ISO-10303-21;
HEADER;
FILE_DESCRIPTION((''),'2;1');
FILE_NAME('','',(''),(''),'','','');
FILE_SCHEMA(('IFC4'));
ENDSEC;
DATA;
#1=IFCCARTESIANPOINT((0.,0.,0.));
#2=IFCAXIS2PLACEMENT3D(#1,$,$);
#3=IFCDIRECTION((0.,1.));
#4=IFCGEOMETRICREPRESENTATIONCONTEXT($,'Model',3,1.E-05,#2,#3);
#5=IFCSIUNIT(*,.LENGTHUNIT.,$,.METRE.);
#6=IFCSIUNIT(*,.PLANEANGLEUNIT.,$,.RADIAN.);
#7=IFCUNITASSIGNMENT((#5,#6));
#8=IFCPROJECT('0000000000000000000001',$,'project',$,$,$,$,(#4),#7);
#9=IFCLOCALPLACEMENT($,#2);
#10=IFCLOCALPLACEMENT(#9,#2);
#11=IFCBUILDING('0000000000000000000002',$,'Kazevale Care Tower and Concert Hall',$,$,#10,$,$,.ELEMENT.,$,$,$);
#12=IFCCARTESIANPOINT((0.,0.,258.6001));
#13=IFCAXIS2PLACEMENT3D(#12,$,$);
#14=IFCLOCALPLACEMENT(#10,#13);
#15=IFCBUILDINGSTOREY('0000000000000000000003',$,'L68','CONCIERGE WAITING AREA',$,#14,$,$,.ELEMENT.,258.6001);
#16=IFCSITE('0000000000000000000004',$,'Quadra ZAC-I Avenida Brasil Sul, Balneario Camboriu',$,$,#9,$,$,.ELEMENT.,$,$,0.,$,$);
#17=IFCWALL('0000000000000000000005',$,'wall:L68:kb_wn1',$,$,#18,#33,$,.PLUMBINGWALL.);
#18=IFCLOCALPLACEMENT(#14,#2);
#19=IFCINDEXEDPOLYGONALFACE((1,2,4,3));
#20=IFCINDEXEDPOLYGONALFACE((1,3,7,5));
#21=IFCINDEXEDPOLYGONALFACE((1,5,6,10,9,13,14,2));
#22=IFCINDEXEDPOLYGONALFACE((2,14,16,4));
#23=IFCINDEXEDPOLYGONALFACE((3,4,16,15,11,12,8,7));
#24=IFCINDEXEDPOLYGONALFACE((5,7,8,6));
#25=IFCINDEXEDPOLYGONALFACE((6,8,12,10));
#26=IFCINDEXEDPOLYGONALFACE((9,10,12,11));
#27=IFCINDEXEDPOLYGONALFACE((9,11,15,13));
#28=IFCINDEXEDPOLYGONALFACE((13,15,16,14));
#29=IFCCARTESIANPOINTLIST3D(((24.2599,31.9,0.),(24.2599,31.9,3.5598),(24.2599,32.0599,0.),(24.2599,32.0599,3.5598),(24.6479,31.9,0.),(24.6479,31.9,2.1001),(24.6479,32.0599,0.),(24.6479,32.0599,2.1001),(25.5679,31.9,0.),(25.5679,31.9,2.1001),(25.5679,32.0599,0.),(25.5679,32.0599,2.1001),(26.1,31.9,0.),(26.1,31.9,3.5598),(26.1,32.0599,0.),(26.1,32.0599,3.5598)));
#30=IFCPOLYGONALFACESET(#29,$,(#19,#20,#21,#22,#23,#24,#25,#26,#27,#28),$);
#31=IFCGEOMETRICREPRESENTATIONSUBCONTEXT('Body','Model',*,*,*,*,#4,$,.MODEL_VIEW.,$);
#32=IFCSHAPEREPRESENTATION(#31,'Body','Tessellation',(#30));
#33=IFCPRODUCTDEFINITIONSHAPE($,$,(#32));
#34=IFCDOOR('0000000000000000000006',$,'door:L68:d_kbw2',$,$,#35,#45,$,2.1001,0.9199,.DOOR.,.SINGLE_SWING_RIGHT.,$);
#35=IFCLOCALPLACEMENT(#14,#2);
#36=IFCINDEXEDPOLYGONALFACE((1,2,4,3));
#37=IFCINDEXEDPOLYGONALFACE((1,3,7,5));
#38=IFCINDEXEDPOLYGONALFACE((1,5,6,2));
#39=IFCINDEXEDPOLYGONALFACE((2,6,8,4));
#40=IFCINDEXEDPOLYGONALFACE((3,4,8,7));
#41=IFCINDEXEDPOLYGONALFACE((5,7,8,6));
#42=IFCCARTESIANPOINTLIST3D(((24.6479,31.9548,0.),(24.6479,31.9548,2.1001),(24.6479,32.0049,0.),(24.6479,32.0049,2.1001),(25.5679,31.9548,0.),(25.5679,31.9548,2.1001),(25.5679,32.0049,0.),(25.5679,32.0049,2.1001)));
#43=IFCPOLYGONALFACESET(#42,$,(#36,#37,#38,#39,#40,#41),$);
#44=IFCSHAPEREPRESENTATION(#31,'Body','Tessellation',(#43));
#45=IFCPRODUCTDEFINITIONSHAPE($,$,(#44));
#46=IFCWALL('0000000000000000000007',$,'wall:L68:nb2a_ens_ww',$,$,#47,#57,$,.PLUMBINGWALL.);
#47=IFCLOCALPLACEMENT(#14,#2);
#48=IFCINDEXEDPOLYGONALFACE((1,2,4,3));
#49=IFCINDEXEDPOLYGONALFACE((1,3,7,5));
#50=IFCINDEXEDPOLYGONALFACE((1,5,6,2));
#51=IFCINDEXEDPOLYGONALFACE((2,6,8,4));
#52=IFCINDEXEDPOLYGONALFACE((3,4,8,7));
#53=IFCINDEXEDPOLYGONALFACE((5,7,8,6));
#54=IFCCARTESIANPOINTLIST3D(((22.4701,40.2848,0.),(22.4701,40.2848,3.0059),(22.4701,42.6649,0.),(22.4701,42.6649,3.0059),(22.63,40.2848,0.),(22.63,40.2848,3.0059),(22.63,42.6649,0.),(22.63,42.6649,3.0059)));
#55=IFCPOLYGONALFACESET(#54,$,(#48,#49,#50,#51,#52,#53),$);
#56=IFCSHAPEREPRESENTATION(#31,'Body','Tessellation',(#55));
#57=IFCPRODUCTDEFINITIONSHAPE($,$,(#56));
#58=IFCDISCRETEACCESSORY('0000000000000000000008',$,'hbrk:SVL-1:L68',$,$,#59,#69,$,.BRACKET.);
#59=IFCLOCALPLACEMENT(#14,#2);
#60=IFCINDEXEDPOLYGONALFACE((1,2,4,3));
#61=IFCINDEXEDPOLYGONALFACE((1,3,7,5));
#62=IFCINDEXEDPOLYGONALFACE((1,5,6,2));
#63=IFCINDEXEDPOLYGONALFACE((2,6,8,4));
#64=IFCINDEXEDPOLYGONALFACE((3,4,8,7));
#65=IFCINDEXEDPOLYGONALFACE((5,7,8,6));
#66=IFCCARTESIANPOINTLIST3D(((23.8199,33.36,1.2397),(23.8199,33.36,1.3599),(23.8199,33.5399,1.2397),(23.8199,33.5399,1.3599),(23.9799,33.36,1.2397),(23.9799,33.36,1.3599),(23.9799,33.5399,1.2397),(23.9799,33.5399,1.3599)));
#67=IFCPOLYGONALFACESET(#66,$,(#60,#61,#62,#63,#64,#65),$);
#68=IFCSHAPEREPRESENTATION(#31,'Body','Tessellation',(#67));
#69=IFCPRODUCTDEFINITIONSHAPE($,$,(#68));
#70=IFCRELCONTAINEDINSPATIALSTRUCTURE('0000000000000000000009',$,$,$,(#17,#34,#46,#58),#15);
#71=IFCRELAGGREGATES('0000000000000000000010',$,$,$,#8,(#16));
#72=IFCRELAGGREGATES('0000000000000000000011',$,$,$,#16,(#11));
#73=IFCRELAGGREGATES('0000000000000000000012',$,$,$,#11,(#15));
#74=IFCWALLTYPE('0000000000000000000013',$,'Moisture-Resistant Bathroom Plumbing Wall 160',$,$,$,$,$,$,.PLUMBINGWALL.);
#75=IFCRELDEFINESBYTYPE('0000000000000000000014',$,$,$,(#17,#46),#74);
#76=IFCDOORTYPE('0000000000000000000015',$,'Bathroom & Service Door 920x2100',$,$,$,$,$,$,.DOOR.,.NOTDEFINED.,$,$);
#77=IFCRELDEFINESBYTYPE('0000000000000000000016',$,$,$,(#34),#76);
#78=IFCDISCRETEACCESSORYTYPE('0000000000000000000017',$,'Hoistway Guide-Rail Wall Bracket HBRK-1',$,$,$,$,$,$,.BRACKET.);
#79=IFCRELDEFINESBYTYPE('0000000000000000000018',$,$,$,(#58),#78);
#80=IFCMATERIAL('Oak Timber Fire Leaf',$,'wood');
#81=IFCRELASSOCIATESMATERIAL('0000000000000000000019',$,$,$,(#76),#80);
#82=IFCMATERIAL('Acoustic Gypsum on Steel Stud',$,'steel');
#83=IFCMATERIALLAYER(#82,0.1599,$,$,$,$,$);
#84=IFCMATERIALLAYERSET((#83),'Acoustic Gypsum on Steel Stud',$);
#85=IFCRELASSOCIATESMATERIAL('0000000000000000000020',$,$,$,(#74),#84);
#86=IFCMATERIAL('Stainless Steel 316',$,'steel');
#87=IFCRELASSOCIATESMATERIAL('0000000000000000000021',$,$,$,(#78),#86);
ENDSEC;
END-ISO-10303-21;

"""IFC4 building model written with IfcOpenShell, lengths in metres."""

from ifc_helpers import new_model, si_unit, direction, frame, frame_2d, origin, origin_2d, place, context, subcontext, project, spatial, rectangle, extrude, material, layer, layer_set, type_object, element, fill, save


model = new_model("IFC4")

# Units and contexts
model_context = context("Model", 3, precision=1e-05, world=origin(), true_north=direction((0.0, 1.0)))
body_context = subcontext(model_context, "Body", "Model", "MODEL_VIEW")
ifc_project = project(units=[si_unit("LENGTHUNIT", "METRE"), si_unit("PLANEANGLEUNIT", "RADIAN")], contexts=[model_context])

# Site, building, storey
site_placement = place(None, origin())
site = spatial("IfcSite", under=ifc_project, at=site_placement, Name="Quadra ZAC-I Avenida Brasil Sul, Balneario Camboriu", CompositionType="ELEMENT", RefElevation=0.0)
building_placement = place(site_placement, origin())
building = spatial("IfcBuilding", under=site, at=building_placement, Name="Kazevale Care Tower and Concert Hall", CompositionType="ELEMENT")
storey_placement = place(building_placement, frame((0.0, 0.0, 258.6001)))
storey = spatial("IfcBuildingStorey", under=building, at=storey_placement, Name="L68", Description="CONCIERGE WAITING AREA", CompositionType="ELEMENT", Elevation=258.6001)

# Shared definitions
ifc_material_1 = material(Name="Acoustic Gypsum on Steel Stud", Category="steel")
ifc_material_2 = material(Name="Oak Timber Fire Leaf", Category="wood")
door_type_1 = type_object("IfcDoorType", Name="Bathroom & Service Door 920x2100", OperationType="NOTDEFINED", PredefinedType="DOOR", material=ifc_material_2)

# Shared definitions
ifc_material_3 = material(Name="Stainless Steel 316", Category="steel")

# Wall, opening, door
ifc_layer_1 = layer(ifc_material_1, 0.1599)
ifc_layer_set_1 = layer_set([ifc_layer_1], Name="Acoustic Gypsum on Steel Stud")
wall_type_1 = type_object("IfcWallType", Name="Moisture-Resistant Bathroom Plumbing Wall 160", PredefinedType="PLUMBINGWALL", material=ifc_layer_set_1)
wall_1_placement = place(storey_placement, frame((24.26, 31.98, 0.0), z_axis=(0.0, 0.0, 1.0), x_axis=(1.0, 0.0, 0.0)))
wall_1 = element("IfcWall", 1, at=wall_1_placement, inside=storey, type_object=wall_type_1, Name="wall:L68:kb_wn1", PredefinedType="PLUMBINGWALL", context=body_context, shape_type="SweptSolid", body=[
    extrude(rectangle(XDim=1.8401, YDim=0.1599, at=frame_2d((0.9199, 0.0))), origin(), (0.0, 0.0, 1.0), 3.5598),
])
opening_1_placement = place(wall_1_placement, frame((0.3879, 0.0, 0.0)))
opening_1 = element("IfcOpeningElement", 2, at=opening_1_placement, cuts=wall_1, PredefinedType="OPENING", context=body_context, shape_type="SweptSolid", body=[
    extrude(rectangle(XDim=0.9199, YDim=2.1001, at=frame_2d((0.46, 1.05))), frame((0.0, 0.0898, 0.0), z_axis=(0.0, -1.0, 0.0), x_axis=(1.0, 0.0, 0.0)), (0.0, 0.0, 1.0), 0.1799),
])
door_1_placement = place(opening_1_placement, origin())
door_1 = element("IfcDoor", 3, at=door_1_placement, inside=storey, type_object=door_type_1, Name="door:L68:d_kbw2", OperationType="SINGLE_SWING_RIGHT", OverallHeight=2.1001, OverallWidth=0.9199, PredefinedType="DOOR", context=body_context, shape_type="SweptSolid", body=[
    extrude(rectangle(XDim=0.9199, YDim=2.1001, at=frame_2d((0.46, 1.05))), frame((0.0, 0.0249, 0.0), z_axis=(0.0, -1.0, 0.0), x_axis=(1.0, 0.0, 0.0)), (0.0, 0.0, 1.0), 0.05),
])
fill(opening_1, door_1)

# Wall
wall_2_placement = place(storey_placement, frame((22.55, 40.2849, 0.0), z_axis=(0.0, 0.0, 1.0), x_axis=(0.0, 1.0, 0.0)))
element("IfcWall", 4, at=wall_2_placement, inside=storey, type_object=wall_type_1, Name="wall:L68:nb2a_ens_ww", PredefinedType="PLUMBINGWALL", context=body_context, shape_type="SweptSolid", body=[
    extrude(rectangle(XDim=2.3801, YDim=0.1599, at=frame_2d((1.1899, 0.0))), origin(), (0.0, 0.0, 1.0), 3.0059),
])

# Discrete accessory
discrete_accessory_type = type_object("IfcDiscreteAccessoryType", Name="Hoistway Guide-Rail Wall Bracket HBRK-1", PredefinedType="BRACKET", material=ifc_material_3)
discrete_accessory_placement = place(storey_placement, frame((23.8999, 33.45, 1.2397), z_axis=(0.0, 0.0, 1.0), x_axis=(1.0, 0.0, 0.0)))
element("IfcDiscreteAccessory", 5, at=discrete_accessory_placement, inside=storey, type_object=discrete_accessory_type, Name="hbrk:SVL-1:L68", PredefinedType="BRACKET", context=body_context, shape_type="SweptSolid", body=[
    extrude(rectangle(XDim=0.1599, YDim=0.1799, at=origin_2d()), origin(), (0.0, 0.0, 1.0), 0.1201),
])

save(model, "model.ifc")
